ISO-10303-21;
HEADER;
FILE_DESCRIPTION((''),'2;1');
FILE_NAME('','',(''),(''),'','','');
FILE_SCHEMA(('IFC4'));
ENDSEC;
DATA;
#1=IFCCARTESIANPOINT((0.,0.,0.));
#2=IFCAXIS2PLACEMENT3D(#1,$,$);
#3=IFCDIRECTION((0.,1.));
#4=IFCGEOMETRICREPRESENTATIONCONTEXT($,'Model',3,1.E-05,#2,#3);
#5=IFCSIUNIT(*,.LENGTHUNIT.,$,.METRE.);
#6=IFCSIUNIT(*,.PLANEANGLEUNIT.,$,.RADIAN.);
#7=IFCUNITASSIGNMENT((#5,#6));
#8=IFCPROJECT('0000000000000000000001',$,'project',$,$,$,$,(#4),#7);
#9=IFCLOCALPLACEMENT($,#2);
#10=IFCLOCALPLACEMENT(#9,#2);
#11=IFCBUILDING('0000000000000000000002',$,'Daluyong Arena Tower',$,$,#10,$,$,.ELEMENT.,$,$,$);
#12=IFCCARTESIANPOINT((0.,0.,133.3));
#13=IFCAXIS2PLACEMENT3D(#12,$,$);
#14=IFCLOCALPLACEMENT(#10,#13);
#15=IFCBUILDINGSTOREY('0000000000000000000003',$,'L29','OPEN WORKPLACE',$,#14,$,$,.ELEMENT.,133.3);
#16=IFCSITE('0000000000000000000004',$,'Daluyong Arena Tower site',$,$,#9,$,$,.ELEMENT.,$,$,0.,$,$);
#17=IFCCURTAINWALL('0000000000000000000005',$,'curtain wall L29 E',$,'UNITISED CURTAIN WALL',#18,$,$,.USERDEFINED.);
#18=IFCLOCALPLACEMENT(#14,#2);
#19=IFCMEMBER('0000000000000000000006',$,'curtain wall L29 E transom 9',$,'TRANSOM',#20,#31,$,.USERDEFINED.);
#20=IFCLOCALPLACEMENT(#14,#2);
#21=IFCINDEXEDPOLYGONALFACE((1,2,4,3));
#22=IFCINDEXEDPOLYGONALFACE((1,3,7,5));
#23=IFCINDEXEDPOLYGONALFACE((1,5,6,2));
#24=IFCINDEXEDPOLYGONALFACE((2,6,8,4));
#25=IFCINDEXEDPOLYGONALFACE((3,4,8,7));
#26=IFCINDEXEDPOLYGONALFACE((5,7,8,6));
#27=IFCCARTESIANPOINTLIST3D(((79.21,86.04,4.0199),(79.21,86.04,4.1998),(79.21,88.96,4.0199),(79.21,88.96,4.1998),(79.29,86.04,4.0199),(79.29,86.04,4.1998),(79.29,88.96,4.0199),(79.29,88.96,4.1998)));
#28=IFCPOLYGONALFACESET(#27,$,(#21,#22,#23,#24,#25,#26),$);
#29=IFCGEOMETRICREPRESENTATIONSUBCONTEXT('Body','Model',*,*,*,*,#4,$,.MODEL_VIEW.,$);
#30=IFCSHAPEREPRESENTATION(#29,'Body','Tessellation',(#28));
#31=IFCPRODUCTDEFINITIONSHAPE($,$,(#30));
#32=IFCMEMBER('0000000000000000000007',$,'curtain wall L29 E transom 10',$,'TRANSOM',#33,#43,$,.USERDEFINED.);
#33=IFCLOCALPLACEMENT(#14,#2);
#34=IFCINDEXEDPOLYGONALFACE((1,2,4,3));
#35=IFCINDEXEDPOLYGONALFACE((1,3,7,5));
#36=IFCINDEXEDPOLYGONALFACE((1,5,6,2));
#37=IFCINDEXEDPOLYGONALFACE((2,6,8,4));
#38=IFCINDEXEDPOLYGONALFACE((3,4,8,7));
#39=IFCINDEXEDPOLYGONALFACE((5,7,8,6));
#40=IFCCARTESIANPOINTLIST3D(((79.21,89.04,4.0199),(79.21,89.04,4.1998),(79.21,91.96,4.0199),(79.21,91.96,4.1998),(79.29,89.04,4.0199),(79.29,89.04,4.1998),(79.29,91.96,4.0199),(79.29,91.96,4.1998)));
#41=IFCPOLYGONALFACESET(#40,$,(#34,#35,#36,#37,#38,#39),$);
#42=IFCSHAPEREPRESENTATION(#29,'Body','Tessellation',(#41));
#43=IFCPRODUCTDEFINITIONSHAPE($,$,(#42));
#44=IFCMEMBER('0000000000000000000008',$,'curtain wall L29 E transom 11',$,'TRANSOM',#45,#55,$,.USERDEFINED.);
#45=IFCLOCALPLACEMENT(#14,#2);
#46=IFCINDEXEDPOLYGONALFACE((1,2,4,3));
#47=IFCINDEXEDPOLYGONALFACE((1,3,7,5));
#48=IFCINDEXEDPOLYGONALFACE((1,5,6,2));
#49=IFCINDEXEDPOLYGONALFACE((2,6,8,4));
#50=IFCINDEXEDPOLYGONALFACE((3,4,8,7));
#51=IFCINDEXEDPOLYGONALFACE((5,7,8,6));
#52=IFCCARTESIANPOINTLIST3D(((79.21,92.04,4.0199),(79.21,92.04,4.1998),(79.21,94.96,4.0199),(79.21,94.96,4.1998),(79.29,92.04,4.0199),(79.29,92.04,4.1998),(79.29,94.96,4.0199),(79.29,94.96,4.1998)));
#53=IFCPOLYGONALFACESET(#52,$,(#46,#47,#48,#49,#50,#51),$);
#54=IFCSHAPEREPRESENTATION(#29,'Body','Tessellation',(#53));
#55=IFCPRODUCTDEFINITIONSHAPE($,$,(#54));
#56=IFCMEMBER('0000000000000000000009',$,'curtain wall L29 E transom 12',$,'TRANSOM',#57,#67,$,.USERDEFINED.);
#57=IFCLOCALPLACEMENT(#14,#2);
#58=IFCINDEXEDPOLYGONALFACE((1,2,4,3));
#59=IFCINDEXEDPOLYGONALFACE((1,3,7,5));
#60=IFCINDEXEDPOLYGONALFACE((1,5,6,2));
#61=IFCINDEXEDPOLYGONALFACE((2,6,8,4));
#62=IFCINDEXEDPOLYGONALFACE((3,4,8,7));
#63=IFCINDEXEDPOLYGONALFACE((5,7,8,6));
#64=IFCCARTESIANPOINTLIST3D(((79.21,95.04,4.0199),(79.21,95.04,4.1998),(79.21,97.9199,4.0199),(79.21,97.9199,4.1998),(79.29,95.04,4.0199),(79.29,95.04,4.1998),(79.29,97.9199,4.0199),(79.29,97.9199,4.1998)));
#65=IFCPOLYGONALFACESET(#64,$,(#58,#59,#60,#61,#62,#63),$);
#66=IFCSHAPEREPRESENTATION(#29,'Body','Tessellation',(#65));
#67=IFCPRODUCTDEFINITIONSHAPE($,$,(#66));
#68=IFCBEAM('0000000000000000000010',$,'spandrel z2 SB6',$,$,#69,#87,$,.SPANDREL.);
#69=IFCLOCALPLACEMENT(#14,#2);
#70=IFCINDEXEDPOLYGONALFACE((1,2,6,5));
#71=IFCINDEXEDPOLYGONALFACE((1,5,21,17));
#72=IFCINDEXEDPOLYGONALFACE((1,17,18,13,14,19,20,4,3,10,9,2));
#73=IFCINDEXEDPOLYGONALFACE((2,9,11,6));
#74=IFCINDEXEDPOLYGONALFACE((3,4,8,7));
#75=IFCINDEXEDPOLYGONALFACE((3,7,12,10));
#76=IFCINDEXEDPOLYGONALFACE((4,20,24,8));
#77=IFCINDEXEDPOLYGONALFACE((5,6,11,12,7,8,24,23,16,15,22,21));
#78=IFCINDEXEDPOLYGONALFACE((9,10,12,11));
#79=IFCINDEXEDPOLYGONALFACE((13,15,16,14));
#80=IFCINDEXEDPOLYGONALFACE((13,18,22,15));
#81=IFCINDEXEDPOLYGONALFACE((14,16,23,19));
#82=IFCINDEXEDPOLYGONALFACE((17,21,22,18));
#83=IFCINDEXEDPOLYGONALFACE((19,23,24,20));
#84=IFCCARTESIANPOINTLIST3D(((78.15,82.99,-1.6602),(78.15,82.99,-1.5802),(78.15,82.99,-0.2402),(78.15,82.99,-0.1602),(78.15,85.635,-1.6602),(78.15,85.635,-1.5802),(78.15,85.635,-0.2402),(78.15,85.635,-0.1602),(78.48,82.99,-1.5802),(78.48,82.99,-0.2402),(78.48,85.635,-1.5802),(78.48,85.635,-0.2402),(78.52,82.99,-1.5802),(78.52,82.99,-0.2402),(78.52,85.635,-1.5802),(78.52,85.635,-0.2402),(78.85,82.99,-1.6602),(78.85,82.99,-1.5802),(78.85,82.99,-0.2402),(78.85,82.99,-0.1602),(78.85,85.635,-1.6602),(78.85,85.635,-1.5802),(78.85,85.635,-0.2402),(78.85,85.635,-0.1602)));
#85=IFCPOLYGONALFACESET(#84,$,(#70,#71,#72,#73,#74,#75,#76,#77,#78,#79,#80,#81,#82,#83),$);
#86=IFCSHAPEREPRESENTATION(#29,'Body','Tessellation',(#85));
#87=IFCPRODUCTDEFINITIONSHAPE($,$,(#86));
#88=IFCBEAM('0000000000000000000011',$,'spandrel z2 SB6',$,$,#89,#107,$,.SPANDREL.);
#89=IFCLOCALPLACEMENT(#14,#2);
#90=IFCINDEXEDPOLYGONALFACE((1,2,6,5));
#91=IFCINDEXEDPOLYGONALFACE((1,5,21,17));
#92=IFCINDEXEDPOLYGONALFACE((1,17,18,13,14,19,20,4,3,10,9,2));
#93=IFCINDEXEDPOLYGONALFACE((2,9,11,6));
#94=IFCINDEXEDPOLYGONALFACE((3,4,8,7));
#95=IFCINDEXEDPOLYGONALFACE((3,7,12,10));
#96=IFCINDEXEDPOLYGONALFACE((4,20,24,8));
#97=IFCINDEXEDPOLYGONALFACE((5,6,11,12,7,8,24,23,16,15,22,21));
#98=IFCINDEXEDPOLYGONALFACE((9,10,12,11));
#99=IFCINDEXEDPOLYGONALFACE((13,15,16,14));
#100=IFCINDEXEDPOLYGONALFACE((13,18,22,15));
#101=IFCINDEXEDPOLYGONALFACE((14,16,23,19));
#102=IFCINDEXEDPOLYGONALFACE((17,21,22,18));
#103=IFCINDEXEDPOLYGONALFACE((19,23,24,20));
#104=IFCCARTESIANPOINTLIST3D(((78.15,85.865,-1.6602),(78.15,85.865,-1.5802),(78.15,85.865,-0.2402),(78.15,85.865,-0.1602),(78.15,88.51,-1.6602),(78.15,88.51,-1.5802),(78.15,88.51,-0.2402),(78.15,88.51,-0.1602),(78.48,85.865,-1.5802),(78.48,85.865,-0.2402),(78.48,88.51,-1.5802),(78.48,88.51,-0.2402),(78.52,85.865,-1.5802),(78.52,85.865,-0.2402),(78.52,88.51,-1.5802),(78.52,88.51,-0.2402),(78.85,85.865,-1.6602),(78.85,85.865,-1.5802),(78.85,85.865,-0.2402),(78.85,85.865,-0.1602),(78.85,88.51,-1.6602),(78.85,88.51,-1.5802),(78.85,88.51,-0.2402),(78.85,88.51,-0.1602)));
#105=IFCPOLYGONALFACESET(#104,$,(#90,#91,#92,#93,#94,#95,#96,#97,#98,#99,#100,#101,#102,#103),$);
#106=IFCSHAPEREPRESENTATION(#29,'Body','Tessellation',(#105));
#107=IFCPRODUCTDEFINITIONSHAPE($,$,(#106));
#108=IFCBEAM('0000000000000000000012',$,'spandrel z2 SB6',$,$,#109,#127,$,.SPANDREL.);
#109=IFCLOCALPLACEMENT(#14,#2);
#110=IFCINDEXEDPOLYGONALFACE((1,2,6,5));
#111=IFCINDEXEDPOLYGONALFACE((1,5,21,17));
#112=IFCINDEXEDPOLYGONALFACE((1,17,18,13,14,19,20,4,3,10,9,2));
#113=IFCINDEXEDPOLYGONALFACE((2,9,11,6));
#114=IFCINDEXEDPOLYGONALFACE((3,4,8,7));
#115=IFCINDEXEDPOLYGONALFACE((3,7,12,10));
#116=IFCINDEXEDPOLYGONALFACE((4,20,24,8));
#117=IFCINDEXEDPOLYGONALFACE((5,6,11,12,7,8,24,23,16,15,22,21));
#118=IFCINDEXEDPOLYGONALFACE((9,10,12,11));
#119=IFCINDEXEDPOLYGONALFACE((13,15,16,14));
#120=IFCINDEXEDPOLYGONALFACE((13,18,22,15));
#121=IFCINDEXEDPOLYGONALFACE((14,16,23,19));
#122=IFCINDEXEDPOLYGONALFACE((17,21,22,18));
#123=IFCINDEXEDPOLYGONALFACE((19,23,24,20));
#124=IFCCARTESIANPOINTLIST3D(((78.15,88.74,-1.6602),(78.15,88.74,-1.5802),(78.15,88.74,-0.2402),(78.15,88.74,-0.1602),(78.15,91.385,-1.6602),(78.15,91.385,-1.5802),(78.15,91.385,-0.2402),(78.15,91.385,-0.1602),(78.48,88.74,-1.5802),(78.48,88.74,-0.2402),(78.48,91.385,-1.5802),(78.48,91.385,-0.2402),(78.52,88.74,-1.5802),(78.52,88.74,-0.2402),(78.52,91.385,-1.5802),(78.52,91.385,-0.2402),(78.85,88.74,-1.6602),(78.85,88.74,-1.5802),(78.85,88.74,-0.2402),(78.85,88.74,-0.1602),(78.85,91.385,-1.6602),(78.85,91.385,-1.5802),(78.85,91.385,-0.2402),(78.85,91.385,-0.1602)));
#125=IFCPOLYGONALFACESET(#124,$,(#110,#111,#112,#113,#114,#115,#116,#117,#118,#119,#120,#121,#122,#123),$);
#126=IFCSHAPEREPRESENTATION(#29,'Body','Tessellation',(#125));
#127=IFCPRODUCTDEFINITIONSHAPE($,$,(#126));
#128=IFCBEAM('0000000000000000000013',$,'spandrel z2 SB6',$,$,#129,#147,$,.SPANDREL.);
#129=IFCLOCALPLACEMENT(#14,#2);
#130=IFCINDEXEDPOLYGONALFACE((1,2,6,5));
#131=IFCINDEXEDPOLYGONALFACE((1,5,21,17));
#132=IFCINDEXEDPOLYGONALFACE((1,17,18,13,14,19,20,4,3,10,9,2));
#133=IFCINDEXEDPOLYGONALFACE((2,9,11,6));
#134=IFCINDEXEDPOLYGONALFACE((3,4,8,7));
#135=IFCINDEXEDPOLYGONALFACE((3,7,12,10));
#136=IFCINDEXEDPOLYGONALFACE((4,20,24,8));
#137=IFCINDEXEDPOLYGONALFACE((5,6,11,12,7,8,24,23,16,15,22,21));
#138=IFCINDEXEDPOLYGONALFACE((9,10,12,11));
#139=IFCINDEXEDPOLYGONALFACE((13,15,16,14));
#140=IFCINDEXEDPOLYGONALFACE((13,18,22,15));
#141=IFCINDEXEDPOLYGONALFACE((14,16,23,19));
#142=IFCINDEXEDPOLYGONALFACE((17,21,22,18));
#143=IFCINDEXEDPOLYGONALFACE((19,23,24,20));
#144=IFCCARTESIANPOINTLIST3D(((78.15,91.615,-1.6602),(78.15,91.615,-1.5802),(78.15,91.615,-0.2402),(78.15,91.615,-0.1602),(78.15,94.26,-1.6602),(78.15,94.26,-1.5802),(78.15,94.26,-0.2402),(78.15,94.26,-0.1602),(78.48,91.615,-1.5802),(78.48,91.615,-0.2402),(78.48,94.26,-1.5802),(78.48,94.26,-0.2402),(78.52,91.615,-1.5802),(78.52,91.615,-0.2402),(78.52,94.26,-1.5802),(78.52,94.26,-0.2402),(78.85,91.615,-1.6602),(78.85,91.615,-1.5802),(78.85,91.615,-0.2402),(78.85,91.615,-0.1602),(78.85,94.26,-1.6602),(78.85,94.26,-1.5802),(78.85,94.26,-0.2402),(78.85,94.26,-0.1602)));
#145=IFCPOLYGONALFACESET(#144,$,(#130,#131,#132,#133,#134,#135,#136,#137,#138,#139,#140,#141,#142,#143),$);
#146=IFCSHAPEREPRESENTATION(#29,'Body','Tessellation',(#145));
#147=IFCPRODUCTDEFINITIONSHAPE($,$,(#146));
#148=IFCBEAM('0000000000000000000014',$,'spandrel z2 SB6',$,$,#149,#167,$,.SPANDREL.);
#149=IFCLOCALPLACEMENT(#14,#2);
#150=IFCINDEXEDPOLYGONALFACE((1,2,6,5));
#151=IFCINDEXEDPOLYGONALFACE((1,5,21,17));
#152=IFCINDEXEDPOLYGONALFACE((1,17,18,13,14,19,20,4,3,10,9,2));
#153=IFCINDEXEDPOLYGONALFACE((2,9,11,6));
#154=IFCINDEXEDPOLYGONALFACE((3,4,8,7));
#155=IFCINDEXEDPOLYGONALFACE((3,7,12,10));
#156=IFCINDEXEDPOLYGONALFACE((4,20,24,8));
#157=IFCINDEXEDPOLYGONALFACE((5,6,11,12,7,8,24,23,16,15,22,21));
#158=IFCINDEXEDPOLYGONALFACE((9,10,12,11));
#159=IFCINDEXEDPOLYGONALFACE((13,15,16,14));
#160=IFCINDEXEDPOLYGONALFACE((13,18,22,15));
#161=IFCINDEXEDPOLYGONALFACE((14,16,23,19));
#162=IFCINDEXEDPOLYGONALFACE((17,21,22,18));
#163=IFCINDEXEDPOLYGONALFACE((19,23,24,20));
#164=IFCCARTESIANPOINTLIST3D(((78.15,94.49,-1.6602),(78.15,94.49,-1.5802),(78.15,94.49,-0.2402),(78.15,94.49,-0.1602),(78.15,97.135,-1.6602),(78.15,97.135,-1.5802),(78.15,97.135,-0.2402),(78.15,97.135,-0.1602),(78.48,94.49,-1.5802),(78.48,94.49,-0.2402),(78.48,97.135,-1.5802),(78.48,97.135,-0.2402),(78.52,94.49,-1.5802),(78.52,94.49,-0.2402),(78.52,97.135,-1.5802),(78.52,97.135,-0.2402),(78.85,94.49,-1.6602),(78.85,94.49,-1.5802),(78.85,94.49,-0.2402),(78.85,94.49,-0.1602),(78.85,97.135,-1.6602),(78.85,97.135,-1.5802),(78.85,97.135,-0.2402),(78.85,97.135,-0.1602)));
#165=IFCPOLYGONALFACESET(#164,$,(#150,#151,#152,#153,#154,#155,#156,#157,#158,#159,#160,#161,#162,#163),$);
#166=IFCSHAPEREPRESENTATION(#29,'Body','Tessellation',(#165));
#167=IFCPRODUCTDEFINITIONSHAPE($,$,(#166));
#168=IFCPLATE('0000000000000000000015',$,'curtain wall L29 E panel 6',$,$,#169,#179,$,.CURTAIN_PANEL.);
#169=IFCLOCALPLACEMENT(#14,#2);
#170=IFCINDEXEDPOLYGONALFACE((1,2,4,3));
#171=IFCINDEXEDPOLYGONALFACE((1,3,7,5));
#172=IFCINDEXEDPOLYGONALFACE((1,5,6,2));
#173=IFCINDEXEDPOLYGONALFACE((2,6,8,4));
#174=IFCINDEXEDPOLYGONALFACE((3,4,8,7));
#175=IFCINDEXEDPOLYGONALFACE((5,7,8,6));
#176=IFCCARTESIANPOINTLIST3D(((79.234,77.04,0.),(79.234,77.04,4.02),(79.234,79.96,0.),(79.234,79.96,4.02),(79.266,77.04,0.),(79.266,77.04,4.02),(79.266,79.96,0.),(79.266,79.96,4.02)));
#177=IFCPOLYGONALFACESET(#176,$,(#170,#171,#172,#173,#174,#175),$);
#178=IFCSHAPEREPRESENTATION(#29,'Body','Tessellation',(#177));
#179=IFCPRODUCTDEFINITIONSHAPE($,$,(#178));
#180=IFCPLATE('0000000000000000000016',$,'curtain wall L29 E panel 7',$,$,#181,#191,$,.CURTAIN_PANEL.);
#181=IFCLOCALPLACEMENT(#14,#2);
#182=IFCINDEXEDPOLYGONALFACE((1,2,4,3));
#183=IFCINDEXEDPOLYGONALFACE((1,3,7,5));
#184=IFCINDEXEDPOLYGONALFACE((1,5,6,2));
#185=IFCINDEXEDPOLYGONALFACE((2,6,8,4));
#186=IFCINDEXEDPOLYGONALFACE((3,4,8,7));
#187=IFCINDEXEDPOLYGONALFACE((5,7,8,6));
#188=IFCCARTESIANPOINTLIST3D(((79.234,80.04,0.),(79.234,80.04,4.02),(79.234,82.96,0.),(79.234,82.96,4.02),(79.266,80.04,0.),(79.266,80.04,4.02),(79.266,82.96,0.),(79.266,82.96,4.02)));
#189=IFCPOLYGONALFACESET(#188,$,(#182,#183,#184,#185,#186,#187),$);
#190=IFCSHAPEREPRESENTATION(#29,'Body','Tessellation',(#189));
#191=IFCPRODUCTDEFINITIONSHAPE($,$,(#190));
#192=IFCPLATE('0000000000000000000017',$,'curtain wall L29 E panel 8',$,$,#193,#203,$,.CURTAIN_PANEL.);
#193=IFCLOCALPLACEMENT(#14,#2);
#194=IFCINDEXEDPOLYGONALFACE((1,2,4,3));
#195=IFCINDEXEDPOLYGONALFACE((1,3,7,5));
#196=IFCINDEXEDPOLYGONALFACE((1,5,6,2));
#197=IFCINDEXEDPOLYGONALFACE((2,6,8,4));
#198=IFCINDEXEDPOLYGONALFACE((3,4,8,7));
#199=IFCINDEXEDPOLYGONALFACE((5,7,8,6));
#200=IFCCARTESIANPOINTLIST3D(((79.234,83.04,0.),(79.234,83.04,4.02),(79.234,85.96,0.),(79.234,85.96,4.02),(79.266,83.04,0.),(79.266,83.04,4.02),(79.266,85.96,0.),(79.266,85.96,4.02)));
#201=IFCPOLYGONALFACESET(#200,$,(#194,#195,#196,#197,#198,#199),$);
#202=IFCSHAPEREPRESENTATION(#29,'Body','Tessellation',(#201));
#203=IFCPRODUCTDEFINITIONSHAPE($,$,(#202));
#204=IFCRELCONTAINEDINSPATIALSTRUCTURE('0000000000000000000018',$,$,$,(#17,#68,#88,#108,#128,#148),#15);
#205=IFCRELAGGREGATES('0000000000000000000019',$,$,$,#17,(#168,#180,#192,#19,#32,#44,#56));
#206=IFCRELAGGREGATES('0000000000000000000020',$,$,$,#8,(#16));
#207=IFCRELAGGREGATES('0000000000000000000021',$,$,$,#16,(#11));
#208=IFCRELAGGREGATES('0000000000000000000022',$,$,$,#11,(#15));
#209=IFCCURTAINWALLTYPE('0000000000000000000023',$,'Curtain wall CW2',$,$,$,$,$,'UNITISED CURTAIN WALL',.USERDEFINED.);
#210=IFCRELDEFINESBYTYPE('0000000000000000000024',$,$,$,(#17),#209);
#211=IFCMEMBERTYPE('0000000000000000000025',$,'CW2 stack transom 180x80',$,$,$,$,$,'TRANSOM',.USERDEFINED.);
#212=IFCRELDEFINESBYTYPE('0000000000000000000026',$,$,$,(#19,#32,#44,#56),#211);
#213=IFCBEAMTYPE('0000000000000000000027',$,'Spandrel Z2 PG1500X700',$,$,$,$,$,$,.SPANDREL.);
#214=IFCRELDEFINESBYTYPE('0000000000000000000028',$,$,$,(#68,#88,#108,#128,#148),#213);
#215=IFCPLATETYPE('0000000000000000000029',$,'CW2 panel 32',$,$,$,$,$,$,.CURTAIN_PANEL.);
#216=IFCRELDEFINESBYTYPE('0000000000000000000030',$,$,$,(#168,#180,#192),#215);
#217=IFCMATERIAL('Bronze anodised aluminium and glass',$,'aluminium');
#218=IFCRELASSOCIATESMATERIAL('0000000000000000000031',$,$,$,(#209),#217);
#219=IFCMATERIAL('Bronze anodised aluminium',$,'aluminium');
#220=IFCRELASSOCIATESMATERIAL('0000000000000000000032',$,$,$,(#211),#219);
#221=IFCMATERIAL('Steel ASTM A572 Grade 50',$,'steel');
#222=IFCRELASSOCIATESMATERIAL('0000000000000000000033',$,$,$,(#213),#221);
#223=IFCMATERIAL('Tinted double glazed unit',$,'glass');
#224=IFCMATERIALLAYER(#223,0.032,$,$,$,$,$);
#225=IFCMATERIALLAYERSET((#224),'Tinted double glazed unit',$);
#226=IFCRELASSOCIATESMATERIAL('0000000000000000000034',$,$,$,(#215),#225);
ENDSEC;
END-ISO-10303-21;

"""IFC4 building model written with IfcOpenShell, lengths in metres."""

from ifc_helpers import new_model, si_unit, direction, frame, origin, origin_2d, place, context, subcontext, project, spatial, rectangle, i_section, extrude, material, layer, layer_set, material_profile, profile_set, type_object, element, aggregate, save


model = new_model("IFC4")

# Units and contexts
model_context = context("Model", 3, precision=1e-05, world=origin(), true_north=direction((0.0, 1.0)))
body_context = subcontext(model_context, "Body", "Model", "MODEL_VIEW")
ifc_project = project(units=[si_unit("LENGTHUNIT", "METRE"), si_unit("PLANEANGLEUNIT", "RADIAN")], contexts=[model_context])

# Site, building, storey
site_placement = place(None, origin())
site = spatial("IfcSite", under=ifc_project, at=site_placement, Name="Daluyong Arena Tower site", CompositionType="ELEMENT", RefElevation=0.0)
building_placement = place(site_placement, origin())
building = spatial("IfcBuilding", under=site, at=building_placement, Name="Daluyong Arena Tower", CompositionType="ELEMENT")
storey_placement = place(building_placement, frame((0.0, 0.0, 133.3)))
storey = spatial("IfcBuildingStorey", under=building, at=storey_placement, Name="L29", Description="OPEN WORKPLACE", CompositionType="ELEMENT", Elevation=133.3)

# Curtain wall, members
ifc_material_1 = material(Name="Bronze anodised aluminium and glass", Category="aluminium")
curtain_wall_type = type_object("IfcCurtainWallType", Name="Curtain wall CW2", ElementType="UNITISED CURTAIN WALL", PredefinedType="USERDEFINED", material=ifc_material_1)
curtain_wall_placement = place(storey_placement, origin())
curtain_wall = element("IfcCurtainWall", 1, at=curtain_wall_placement, inside=storey, type_object=curtain_wall_type, Name="curtain wall L29 E", ObjectType="UNITISED CURTAIN WALL", PredefinedType="USERDEFINED")
ifc_material_2 = material(Name="Bronze anodised aluminium", Category="aluminium")
ifc_material_profile_1 = material_profile(ifc_material_2, rectangle(XDim=0.0801, YDim=0.1799, at=origin_2d()))
ifc_profile_set_1 = profile_set([ifc_material_profile_1], Name="Bronze anodised aluminium")
member_type_1 = type_object("IfcMemberType", Name="CW2 stack transom 180x80", ElementType="TRANSOM", PredefinedType="USERDEFINED", material=ifc_profile_set_1)
member_1_placement = place(storey_placement, frame((79.25, 86.04, 4.1099), z_axis=(0.0, 1.0, 0.0), x_axis=(-1.0, 0.0, 0.0)))
member_1 = element("IfcMember", 2, at=member_1_placement, type_object=member_type_1, Name="curtain wall L29 E transom 9", ObjectType="TRANSOM", PredefinedType="USERDEFINED", context=body_context, shape_type="SweptSolid", body=[
    extrude(rectangle(XDim=0.0801, YDim=0.1799, at=origin_2d()), origin(), (0.0, 0.0, 1.0), 2.9199),
])
member_2_placement = place(storey_placement, frame((79.25, 89.04, 4.1099), z_axis=(0.0, 1.0, 0.0), x_axis=(-1.0, 0.0, 0.0)))
member_2 = element("IfcMember", 3, at=member_2_placement, type_object=member_type_1, Name="curtain wall L29 E transom 10", ObjectType="TRANSOM", PredefinedType="USERDEFINED", context=body_context, shape_type="SweptSolid", body=[
    extrude(rectangle(XDim=0.0801, YDim=0.1799, at=origin_2d()), origin(), (0.0, 0.0, 1.0), 2.9199),
])
member_3_placement = place(storey_placement, frame((79.25, 92.04, 4.1099), z_axis=(0.0, 1.0, 0.0), x_axis=(-1.0, 0.0, 0.0)))
member_3 = element("IfcMember", 4, at=member_3_placement, type_object=member_type_1, Name="curtain wall L29 E transom 11", ObjectType="TRANSOM", PredefinedType="USERDEFINED", context=body_context, shape_type="SweptSolid", body=[
    extrude(rectangle(XDim=0.0801, YDim=0.1799, at=origin_2d()), origin(), (0.0, 0.0, 1.0), 2.9199),
])
member_4_placement = place(storey_placement, frame((79.25, 95.04, 4.1099), z_axis=(0.0, 1.0, 0.0), x_axis=(-1.0, 0.0, 0.0)))
member_4 = element("IfcMember", 5, at=member_4_placement, type_object=member_type_1, Name="curtain wall L29 E transom 12", ObjectType="TRANSOM", PredefinedType="USERDEFINED", context=body_context, shape_type="SweptSolid", body=[
    extrude(rectangle(XDim=0.0801, YDim=0.1799, at=origin_2d()), origin(), (0.0, 0.0, 1.0), 2.8799),
])

# Beams
ifc_material_3 = material(Name="Steel ASTM A572 Grade 50", Category="steel")
ifc_material_profile_2 = material_profile(ifc_material_3, i_section(OverallWidth=0.7, OverallDepth=1.5, WebThickness=0.04, FlangeThickness=0.08, at=origin_2d()))
ifc_profile_set_2 = profile_set([ifc_material_profile_2], Name="Steel ASTM A572 Grade 50")
beam_type = type_object("IfcBeamType", Name="Spandrel Z2 PG1500X700", PredefinedType="SPANDREL", material=ifc_profile_set_2)
for number, where, z_axis, x_axis, name in (
    (6, (78.5, 82.99, -0.9102), (0.0, 1.0, 0.0), (-1.0, 0.0, 0.0), "spandrel z2 SB6"),
    (7, (78.5, 85.865, -0.9102), (0.0, 1.0, 0.0), (-1.0, 0.0, 0.0), "spandrel z2 SB6"),
    (8, (78.5, 88.74, -0.9102), (0.0, 1.0, 0.0), (-1.0, 0.0, 0.0), "spandrel z2 SB6"),
    (9, (78.5, 91.615, -0.9102), (0.0, 1.0, 0.0), (-1.0, 0.0, 0.0), "spandrel z2 SB6"),
    (10, (78.5, 94.49, -0.9102), (0.0, 1.0, 0.0), (-1.0, 0.0, 0.0), "spandrel z2 SB6"),
):
    element("IfcBeam", number, at=place(storey_placement, frame(where, z_axis=z_axis, x_axis=x_axis)), inside=storey, type_object=beam_type, Name=name, PredefinedType="SPANDREL", context=body_context, shape_type="SweptSolid", body=[
        extrude(i_section(OverallWidth=0.7, OverallDepth=1.5, WebThickness=0.04, FlangeThickness=0.08, at=origin_2d()), origin(), (0.0, 0.0, 1.0), 2.645),
    ])

# Plates
ifc_material_4 = material(Name="Tinted double glazed unit", Category="glass")
ifc_layer = layer(ifc_material_4, 0.032)
ifc_layer_set = layer_set([ifc_layer], Name="Tinted double glazed unit")
plate_type = type_object("IfcPlateType", Name="CW2 panel 32", PredefinedType="CURTAIN_PANEL", material=ifc_layer_set)
plate_1_placement = place(storey_placement, frame((79.25, 78.5, 0.0), z_axis=(0.0, 0.0, 1.0), x_axis=(0.0, 1.0, 0.0)))
plate_1 = element("IfcPlate", 11, at=plate_1_placement, type_object=plate_type, Name="curtain wall L29 E panel 6", PredefinedType="CURTAIN_PANEL", context=body_context, shape_type="SweptSolid", body=[
    extrude(rectangle(XDim=2.9199, YDim=0.032, at=origin_2d()), origin(), (0.0, 0.0, 1.0), 4.02),
])
plate_2_placement = place(storey_placement, frame((79.25, 81.5, 0.0), z_axis=(0.0, 0.0, 1.0), x_axis=(0.0, 1.0, 0.0)))
plate_2 = element("IfcPlate", 12, at=plate_2_placement, type_object=plate_type, Name="curtain wall L29 E panel 7", PredefinedType="CURTAIN_PANEL", context=body_context, shape_type="SweptSolid", body=[
    extrude(rectangle(XDim=2.9199, YDim=0.032, at=origin_2d()), origin(), (0.0, 0.0, 1.0), 4.02),
])
plate_3_placement = place(storey_placement, frame((79.25, 84.5, 0.0), z_axis=(0.0, 0.0, 1.0), x_axis=(0.0, 1.0, 0.0)))
plate_3 = element("IfcPlate", 13, at=plate_3_placement, type_object=plate_type, Name="curtain wall L29 E panel 8", PredefinedType="CURTAIN_PANEL", context=body_context, shape_type="SweptSolid", body=[
    extrude(rectangle(XDim=2.9199, YDim=0.032, at=origin_2d()), origin(), (0.0, 0.0, 1.0), 4.02),
])
aggregate(curtain_wall, [plate_1, plate_2, plate_3, member_1, member_2, member_3, member_4])

save(model, "model.ifc")
